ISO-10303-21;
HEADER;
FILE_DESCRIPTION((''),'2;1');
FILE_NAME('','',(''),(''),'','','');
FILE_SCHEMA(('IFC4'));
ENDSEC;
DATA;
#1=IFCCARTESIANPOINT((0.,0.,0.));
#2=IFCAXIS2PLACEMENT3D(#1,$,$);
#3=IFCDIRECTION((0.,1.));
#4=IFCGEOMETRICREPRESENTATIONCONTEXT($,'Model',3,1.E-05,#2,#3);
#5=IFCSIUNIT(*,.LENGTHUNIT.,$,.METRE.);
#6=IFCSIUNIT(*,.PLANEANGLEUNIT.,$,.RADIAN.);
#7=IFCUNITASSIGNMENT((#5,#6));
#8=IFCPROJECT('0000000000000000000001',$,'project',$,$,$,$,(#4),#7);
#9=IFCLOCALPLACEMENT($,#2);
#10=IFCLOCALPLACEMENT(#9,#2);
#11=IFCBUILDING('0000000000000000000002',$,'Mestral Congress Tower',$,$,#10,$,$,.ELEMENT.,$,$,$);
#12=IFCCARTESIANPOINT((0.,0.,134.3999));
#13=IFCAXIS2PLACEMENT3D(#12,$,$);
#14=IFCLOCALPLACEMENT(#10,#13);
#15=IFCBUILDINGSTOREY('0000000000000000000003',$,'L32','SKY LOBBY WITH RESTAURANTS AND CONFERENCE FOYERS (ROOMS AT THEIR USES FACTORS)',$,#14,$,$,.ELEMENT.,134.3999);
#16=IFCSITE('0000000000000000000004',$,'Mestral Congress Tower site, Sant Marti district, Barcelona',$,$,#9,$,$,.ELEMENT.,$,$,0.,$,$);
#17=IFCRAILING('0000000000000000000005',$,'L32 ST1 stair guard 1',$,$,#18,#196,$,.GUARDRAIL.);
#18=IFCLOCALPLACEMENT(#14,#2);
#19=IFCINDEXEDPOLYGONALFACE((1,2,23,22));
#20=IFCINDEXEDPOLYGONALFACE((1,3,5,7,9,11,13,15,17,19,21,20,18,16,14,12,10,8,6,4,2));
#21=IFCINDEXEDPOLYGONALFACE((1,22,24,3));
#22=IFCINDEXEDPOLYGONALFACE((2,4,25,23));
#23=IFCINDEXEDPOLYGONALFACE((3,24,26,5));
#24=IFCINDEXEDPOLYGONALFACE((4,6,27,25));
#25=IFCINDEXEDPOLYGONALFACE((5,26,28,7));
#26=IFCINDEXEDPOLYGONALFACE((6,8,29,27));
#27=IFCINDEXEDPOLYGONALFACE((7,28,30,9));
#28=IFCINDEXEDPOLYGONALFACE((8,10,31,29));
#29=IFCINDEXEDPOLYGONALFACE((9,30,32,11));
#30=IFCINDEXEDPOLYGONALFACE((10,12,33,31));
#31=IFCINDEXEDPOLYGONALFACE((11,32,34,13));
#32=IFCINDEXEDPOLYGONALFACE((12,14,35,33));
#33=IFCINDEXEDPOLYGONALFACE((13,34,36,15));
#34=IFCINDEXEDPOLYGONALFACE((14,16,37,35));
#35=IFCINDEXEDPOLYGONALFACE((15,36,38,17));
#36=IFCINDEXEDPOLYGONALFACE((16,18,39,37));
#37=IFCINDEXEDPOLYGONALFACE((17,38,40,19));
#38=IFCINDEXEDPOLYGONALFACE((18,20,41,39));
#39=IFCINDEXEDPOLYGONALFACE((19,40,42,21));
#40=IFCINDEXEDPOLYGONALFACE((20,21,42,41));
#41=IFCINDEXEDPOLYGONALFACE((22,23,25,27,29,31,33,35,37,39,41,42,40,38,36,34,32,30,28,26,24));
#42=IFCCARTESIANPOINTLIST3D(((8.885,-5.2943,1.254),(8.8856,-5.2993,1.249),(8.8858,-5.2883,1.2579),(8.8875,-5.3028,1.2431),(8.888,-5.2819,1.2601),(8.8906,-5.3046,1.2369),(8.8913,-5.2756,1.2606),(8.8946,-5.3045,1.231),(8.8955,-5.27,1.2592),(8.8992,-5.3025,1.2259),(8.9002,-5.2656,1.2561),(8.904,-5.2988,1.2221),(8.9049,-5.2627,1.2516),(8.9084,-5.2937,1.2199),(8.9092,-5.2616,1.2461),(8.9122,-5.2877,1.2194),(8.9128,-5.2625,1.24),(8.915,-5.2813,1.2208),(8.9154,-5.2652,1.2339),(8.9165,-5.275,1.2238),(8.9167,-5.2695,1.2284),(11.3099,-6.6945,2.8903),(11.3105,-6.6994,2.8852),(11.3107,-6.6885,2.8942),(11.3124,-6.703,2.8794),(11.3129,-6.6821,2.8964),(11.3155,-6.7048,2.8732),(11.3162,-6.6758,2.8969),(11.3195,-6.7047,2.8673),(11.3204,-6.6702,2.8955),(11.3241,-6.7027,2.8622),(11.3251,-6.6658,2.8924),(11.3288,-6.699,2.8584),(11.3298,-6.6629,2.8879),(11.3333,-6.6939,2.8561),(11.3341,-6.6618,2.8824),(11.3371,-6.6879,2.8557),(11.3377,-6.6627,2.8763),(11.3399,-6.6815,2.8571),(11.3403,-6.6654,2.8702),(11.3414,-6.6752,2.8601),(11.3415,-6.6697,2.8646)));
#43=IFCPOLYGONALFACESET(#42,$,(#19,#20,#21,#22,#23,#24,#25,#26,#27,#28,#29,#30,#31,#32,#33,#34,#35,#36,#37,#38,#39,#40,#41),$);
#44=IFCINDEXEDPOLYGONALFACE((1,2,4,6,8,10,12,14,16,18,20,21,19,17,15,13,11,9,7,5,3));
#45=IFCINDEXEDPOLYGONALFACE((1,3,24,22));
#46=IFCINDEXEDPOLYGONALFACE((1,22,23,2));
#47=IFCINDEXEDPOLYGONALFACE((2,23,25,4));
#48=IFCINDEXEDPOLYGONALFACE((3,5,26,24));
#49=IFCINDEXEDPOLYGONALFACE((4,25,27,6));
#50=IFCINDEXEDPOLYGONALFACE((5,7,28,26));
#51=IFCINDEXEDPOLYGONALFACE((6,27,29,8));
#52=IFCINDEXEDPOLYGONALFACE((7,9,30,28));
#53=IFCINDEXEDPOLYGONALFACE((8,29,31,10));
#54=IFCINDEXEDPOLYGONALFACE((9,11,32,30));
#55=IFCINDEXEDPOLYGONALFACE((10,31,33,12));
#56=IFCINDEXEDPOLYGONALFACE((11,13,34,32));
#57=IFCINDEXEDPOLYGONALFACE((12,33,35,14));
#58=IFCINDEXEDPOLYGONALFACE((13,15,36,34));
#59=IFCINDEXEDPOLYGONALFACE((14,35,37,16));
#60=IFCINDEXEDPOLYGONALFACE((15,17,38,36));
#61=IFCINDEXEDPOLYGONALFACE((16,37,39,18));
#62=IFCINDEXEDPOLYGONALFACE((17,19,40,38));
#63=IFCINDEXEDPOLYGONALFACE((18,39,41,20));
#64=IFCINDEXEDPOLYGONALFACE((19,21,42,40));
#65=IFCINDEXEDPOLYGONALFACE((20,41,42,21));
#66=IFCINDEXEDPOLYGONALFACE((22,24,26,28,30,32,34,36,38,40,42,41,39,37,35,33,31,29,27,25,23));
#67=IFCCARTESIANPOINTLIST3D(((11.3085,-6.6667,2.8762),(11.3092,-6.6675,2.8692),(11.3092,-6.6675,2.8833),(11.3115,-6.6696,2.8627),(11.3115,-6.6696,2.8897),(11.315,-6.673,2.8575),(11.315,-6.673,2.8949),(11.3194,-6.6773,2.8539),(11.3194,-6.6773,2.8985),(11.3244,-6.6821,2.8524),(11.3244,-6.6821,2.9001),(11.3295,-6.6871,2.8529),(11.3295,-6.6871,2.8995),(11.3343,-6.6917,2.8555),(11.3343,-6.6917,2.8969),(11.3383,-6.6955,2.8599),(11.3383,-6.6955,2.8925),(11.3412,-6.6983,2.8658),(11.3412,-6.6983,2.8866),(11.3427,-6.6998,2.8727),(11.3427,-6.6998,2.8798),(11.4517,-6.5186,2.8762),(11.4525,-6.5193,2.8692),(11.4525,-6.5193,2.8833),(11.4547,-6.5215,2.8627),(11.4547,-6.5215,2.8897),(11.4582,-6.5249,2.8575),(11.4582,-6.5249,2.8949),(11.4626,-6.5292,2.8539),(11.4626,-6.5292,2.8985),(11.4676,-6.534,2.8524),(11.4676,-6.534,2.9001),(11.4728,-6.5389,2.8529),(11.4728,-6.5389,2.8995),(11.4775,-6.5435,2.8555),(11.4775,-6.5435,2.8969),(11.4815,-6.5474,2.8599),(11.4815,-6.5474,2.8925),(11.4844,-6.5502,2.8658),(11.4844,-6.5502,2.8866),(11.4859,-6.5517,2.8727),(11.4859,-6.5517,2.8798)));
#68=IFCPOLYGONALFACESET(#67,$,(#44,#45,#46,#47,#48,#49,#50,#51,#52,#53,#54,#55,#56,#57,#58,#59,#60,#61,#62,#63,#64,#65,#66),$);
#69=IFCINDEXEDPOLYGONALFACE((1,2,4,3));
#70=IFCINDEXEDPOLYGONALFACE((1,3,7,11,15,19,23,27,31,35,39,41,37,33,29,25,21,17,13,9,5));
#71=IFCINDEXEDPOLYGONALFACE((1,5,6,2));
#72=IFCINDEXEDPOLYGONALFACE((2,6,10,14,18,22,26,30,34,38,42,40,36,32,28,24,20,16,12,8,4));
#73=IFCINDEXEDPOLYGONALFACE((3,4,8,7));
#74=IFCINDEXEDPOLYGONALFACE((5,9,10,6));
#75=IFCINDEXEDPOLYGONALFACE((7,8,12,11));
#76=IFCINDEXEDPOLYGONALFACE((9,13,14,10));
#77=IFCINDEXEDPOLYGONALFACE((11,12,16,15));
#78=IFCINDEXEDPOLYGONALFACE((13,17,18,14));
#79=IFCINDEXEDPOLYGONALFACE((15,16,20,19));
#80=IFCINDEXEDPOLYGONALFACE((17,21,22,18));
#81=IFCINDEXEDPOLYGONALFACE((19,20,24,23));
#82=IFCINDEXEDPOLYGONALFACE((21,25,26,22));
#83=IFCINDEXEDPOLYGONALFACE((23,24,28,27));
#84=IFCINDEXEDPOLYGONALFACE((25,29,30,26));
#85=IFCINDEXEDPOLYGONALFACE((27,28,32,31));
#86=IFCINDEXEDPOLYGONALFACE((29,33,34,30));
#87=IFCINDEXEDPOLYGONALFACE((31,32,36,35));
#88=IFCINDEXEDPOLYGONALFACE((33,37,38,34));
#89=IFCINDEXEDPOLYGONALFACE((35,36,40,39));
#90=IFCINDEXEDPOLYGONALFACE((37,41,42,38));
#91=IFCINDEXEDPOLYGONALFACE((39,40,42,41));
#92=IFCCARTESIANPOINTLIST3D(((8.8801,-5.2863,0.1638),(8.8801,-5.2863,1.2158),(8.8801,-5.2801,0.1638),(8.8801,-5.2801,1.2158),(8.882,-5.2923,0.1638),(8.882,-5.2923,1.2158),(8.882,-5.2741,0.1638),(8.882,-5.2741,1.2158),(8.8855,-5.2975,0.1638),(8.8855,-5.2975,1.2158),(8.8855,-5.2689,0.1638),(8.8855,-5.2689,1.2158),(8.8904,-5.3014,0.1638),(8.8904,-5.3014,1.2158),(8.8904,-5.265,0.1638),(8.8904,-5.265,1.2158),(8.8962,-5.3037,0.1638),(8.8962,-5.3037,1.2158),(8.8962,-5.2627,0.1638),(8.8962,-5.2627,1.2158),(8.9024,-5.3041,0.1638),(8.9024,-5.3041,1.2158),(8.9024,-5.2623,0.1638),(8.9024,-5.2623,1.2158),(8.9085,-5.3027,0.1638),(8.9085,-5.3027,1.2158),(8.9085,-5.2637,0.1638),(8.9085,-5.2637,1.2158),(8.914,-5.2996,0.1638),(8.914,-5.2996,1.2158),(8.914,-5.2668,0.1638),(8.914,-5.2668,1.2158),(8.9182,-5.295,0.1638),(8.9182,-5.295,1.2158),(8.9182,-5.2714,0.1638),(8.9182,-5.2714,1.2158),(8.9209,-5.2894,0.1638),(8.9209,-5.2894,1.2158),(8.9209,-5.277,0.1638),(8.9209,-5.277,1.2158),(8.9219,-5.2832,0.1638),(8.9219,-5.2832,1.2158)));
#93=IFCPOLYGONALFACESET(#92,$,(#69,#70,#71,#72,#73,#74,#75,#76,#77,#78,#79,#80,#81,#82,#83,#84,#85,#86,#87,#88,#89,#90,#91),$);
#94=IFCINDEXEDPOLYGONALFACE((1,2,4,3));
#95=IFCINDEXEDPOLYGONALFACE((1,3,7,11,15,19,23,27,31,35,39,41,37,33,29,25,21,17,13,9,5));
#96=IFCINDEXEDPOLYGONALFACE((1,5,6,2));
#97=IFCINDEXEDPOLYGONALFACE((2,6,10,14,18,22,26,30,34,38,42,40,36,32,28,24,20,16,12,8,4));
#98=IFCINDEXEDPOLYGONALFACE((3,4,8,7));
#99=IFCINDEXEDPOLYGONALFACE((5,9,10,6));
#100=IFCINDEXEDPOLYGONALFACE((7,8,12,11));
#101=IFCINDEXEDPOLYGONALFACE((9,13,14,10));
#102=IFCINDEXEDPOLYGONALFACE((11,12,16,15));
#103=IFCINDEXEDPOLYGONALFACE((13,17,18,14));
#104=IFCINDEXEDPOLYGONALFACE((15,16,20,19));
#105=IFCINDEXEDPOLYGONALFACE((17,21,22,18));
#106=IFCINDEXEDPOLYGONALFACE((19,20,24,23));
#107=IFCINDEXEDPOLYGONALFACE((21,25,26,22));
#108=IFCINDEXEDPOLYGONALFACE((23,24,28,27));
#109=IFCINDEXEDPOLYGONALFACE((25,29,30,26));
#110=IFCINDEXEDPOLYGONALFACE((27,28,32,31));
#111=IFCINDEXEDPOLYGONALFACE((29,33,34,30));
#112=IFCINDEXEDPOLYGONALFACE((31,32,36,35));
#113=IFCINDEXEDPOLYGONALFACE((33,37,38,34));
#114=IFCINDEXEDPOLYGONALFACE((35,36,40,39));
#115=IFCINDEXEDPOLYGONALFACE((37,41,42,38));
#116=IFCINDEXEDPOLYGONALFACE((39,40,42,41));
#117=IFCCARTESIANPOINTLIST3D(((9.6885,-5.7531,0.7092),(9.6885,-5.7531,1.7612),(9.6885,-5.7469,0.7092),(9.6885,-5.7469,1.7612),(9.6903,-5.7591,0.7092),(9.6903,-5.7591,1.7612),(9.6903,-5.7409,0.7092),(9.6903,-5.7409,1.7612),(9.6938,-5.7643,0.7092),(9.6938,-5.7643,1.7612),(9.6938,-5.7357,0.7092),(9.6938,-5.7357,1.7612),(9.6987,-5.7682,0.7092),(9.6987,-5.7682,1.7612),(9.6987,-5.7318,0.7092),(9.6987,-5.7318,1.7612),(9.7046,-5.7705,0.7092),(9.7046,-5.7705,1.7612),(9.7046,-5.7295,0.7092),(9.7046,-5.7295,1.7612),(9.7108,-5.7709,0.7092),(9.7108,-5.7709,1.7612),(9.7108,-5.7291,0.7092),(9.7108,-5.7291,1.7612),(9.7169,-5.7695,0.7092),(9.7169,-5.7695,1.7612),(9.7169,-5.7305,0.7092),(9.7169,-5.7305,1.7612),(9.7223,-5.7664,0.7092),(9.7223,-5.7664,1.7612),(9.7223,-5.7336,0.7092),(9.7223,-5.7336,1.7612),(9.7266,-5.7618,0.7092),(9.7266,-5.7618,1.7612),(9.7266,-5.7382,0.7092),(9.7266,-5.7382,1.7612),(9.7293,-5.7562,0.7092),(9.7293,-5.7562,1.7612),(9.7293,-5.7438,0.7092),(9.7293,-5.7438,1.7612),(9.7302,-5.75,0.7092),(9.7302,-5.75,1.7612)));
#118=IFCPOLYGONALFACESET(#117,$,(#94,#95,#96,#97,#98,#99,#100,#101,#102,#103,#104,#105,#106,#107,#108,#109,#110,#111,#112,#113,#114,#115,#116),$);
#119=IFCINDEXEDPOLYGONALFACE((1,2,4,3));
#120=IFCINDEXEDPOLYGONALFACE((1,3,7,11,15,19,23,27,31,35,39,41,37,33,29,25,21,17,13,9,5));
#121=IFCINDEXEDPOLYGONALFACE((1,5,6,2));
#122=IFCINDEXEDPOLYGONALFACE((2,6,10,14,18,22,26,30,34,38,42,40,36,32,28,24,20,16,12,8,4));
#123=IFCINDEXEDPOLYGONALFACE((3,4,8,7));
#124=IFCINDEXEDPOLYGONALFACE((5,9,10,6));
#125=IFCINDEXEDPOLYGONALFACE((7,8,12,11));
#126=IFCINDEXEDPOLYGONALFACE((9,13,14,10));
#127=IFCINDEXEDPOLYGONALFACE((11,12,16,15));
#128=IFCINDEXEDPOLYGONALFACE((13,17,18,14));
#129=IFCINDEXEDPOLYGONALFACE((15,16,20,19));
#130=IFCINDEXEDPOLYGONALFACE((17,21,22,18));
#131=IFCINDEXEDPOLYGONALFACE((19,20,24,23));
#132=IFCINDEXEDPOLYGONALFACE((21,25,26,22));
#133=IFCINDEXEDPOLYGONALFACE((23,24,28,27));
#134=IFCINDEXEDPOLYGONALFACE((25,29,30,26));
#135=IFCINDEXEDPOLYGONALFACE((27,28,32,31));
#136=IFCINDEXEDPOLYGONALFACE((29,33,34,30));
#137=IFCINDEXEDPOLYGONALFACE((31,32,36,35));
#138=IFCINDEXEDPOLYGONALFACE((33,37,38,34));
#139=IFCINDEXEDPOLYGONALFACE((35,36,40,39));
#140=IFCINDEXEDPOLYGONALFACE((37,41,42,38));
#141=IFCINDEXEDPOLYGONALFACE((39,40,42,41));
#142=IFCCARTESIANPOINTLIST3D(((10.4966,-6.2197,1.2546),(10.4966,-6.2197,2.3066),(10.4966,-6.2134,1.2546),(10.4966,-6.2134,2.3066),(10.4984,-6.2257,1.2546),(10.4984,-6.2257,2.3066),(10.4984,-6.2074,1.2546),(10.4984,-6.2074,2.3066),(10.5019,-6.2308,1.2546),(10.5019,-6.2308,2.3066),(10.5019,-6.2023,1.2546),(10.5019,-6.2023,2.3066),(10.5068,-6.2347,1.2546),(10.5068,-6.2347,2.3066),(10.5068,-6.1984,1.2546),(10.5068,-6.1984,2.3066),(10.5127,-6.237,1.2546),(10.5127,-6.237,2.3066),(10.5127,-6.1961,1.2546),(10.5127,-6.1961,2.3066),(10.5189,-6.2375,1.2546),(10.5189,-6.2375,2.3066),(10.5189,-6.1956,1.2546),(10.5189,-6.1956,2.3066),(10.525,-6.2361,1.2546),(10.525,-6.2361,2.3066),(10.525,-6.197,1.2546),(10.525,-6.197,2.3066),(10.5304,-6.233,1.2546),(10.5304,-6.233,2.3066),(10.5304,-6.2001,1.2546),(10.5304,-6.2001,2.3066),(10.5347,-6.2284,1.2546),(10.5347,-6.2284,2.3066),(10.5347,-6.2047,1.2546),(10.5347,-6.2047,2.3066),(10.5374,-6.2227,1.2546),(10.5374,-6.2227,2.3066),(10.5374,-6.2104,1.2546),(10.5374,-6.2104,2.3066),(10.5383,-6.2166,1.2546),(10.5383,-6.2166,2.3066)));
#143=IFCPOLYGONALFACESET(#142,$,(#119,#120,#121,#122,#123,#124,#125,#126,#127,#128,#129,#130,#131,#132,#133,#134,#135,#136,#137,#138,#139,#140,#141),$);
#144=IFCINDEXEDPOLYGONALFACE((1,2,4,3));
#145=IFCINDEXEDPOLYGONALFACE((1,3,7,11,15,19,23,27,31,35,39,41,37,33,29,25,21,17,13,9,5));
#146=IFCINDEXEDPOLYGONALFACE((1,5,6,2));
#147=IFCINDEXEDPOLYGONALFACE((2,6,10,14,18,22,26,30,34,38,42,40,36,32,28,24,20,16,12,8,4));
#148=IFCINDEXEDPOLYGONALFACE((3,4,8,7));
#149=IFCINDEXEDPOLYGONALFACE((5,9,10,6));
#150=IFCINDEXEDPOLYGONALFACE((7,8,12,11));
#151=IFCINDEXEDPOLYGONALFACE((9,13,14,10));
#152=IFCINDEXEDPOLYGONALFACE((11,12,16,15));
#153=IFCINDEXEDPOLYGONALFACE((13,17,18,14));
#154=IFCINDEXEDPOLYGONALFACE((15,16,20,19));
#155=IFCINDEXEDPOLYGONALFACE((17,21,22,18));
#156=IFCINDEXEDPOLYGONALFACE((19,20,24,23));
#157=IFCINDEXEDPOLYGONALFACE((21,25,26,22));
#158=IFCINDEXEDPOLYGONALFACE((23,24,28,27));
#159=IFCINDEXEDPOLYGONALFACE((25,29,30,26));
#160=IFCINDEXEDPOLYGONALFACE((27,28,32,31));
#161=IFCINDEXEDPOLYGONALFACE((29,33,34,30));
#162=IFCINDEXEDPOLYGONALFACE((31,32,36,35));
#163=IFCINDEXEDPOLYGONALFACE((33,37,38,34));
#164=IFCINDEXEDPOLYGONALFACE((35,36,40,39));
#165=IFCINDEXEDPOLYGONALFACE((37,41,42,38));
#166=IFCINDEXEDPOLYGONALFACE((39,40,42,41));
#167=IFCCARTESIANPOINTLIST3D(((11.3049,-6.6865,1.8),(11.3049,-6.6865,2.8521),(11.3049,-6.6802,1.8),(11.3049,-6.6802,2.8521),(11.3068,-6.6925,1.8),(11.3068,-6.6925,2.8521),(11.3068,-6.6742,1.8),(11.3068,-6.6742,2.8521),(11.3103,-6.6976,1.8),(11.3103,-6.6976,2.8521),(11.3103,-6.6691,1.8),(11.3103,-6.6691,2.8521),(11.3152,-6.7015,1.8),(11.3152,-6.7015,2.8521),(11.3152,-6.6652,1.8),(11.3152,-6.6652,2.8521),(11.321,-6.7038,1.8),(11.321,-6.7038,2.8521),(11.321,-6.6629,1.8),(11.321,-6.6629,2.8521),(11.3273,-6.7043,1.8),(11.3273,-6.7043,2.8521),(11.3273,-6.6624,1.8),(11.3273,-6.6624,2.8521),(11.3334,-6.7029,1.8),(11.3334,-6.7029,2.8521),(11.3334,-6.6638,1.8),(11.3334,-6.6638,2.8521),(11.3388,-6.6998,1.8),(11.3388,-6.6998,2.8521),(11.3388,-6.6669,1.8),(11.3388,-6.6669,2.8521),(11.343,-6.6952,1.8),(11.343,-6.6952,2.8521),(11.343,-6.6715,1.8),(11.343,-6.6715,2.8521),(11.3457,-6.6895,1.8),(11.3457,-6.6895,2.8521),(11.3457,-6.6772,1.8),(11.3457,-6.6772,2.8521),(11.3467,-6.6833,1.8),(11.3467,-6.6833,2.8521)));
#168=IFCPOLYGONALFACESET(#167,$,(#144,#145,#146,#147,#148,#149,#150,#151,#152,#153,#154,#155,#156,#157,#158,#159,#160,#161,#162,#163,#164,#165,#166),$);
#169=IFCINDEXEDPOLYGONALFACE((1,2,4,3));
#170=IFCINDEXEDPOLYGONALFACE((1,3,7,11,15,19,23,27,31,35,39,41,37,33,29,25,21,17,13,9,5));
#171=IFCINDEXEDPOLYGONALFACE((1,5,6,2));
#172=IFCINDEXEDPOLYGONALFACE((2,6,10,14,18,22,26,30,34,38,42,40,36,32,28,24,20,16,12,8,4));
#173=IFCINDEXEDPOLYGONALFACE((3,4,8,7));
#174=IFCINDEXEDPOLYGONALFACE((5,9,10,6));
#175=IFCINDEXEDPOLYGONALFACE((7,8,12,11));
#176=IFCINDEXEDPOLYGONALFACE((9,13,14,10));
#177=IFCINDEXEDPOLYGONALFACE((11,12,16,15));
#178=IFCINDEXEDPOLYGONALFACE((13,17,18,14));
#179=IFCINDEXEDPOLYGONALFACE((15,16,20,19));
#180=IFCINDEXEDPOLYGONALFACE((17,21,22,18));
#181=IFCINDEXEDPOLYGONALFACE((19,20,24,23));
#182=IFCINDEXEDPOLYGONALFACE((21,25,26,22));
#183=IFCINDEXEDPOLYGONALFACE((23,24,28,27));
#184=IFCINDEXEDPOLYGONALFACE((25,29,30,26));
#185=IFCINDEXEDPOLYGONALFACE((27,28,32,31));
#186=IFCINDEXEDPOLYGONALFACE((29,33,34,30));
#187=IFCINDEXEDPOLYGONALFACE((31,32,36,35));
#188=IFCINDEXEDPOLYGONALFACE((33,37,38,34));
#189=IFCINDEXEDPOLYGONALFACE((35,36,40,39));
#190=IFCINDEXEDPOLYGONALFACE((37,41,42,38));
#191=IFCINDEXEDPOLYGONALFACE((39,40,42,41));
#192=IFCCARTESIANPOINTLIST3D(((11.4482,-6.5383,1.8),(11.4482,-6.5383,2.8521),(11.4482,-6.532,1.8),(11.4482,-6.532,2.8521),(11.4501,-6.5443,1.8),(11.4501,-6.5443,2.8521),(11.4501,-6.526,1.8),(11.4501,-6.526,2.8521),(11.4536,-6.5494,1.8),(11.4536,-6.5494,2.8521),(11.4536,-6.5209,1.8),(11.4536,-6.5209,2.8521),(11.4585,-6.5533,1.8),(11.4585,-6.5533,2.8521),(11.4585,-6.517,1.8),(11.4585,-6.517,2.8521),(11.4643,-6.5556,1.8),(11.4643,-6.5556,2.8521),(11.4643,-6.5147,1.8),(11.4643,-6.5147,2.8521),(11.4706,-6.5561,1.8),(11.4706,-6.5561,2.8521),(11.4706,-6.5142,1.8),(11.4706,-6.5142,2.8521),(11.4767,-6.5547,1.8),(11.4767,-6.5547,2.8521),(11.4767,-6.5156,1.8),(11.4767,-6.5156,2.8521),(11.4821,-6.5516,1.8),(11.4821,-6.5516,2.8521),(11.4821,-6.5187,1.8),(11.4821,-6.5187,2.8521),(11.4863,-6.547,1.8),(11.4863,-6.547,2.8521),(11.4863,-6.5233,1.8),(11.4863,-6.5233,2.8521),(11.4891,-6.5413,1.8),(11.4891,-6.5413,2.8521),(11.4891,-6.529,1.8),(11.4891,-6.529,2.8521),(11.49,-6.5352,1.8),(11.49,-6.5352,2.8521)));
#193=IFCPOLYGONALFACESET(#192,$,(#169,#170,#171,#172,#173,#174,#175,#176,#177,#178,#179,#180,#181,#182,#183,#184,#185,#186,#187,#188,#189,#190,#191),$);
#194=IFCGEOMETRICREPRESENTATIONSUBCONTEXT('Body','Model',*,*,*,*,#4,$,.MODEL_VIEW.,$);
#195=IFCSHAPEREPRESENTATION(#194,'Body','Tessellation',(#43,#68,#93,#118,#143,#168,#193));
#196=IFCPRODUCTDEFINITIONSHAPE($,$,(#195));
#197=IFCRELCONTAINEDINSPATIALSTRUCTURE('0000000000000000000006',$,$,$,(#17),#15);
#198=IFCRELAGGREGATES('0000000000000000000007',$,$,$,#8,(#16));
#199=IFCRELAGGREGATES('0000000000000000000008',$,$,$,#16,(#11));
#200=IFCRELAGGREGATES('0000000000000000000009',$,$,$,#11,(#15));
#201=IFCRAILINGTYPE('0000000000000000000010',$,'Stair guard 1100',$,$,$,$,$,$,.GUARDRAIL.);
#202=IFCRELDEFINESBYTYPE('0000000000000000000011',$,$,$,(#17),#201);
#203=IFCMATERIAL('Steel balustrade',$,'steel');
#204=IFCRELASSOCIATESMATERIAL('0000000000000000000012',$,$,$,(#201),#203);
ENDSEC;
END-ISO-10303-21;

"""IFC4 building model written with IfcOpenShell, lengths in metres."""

from ifc_helpers import new_model, si_unit, direction, frame, origin, origin_2d, place, context, subcontext, project, spatial, circle, extrude, material, type_object, element, save


model = new_model("IFC4")

# Units and contexts
model_context = context("Model", 3, precision=1e-05, world=origin(), true_north=direction((0.0, 1.0)))
body_context = subcontext(model_context, "Body", "Model", "MODEL_VIEW")
ifc_project = project(units=[si_unit("LENGTHUNIT", "METRE"), si_unit("PLANEANGLEUNIT", "RADIAN")], contexts=[model_context])

# Site, building, storey
site_placement = place(None, origin())
site = spatial("IfcSite", under=ifc_project, at=site_placement, Name="Mestral Congress Tower site, Sant Marti district, Barcelona", CompositionType="ELEMENT", RefElevation=0.0)
building_placement = place(site_placement, origin())
building = spatial("IfcBuilding", under=site, at=building_placement, Name="Mestral Congress Tower", CompositionType="ELEMENT")
storey_placement = place(building_placement, frame((0.0, 0.0, 134.3999)))
storey = spatial("IfcBuildingStorey", under=building, at=storey_placement, Name="L32", Description="SKY LOBBY WITH RESTAURANTS AND CONFERENCE FOYERS (ROOMS AT THEIR USES FACTORS)", CompositionType="ELEMENT", Elevation=134.3999)

# Railing
ifc_material_1 = material(Name="Steel balustrade", Category="steel")
railing_type_1 = type_object("IfcRailingType", Name="Stair guard 1100", PredefinedType="GUARDRAIL", material=ifc_material_1)
railing_1_placement = place(storey_placement, frame((8.9009, -5.2832, 0.1638)))
element("IfcRailing", 1, at=railing_1_placement, inside=storey, type_object=railing_type_1, Name="L32 ST1 stair guard 1", PredefinedType="GUARDRAIL", context=body_context, shape_type="SweptSolid", body=[
    extrude(circle(Radius=0.0239, at=origin_2d()), frame((0.0, 0.0, 1.0762), z_axis=(0.747694, -0.431738, 0.504535), x_axis=(0.50005, 0.865997, 0.0)), (0.0, 0.0, 1.0), 3.2432),
    extrude(circle(Radius=0.0239, at=origin_2d()), frame((2.4248, -1.4001, 2.7124), z_axis=(0.695165, 0.71885, 0.0), x_axis=(-0.71885, 0.695165, 0.0)), (0.0, 0.0, 1.0), 0.2061),
    extrude(circle(Radius=0.021, at=origin_2d()), origin(), (0.0, 0.0, 1.0), 1.052),
    extrude(circle(Radius=0.021, at=origin_2d()), frame((0.8083, -0.4668, 0.5454)), (0.0, 0.0, 1.0), 1.052),
    extrude(circle(Radius=0.021, at=origin_2d()), frame((1.6165, -0.9333, 1.0908)), (0.0, 0.0, 1.0), 1.052),
    extrude(circle(Radius=0.021, at=origin_2d()), frame((2.4248, -1.4001, 1.6362)), (0.0, 0.0, 1.0), 1.052),
    extrude(circle(Radius=0.021, at=origin_2d()), frame((2.5681, -1.252, 1.6362)), (0.0, 0.0, 1.0), 1.052),
])

save(model, "model.ifc")
